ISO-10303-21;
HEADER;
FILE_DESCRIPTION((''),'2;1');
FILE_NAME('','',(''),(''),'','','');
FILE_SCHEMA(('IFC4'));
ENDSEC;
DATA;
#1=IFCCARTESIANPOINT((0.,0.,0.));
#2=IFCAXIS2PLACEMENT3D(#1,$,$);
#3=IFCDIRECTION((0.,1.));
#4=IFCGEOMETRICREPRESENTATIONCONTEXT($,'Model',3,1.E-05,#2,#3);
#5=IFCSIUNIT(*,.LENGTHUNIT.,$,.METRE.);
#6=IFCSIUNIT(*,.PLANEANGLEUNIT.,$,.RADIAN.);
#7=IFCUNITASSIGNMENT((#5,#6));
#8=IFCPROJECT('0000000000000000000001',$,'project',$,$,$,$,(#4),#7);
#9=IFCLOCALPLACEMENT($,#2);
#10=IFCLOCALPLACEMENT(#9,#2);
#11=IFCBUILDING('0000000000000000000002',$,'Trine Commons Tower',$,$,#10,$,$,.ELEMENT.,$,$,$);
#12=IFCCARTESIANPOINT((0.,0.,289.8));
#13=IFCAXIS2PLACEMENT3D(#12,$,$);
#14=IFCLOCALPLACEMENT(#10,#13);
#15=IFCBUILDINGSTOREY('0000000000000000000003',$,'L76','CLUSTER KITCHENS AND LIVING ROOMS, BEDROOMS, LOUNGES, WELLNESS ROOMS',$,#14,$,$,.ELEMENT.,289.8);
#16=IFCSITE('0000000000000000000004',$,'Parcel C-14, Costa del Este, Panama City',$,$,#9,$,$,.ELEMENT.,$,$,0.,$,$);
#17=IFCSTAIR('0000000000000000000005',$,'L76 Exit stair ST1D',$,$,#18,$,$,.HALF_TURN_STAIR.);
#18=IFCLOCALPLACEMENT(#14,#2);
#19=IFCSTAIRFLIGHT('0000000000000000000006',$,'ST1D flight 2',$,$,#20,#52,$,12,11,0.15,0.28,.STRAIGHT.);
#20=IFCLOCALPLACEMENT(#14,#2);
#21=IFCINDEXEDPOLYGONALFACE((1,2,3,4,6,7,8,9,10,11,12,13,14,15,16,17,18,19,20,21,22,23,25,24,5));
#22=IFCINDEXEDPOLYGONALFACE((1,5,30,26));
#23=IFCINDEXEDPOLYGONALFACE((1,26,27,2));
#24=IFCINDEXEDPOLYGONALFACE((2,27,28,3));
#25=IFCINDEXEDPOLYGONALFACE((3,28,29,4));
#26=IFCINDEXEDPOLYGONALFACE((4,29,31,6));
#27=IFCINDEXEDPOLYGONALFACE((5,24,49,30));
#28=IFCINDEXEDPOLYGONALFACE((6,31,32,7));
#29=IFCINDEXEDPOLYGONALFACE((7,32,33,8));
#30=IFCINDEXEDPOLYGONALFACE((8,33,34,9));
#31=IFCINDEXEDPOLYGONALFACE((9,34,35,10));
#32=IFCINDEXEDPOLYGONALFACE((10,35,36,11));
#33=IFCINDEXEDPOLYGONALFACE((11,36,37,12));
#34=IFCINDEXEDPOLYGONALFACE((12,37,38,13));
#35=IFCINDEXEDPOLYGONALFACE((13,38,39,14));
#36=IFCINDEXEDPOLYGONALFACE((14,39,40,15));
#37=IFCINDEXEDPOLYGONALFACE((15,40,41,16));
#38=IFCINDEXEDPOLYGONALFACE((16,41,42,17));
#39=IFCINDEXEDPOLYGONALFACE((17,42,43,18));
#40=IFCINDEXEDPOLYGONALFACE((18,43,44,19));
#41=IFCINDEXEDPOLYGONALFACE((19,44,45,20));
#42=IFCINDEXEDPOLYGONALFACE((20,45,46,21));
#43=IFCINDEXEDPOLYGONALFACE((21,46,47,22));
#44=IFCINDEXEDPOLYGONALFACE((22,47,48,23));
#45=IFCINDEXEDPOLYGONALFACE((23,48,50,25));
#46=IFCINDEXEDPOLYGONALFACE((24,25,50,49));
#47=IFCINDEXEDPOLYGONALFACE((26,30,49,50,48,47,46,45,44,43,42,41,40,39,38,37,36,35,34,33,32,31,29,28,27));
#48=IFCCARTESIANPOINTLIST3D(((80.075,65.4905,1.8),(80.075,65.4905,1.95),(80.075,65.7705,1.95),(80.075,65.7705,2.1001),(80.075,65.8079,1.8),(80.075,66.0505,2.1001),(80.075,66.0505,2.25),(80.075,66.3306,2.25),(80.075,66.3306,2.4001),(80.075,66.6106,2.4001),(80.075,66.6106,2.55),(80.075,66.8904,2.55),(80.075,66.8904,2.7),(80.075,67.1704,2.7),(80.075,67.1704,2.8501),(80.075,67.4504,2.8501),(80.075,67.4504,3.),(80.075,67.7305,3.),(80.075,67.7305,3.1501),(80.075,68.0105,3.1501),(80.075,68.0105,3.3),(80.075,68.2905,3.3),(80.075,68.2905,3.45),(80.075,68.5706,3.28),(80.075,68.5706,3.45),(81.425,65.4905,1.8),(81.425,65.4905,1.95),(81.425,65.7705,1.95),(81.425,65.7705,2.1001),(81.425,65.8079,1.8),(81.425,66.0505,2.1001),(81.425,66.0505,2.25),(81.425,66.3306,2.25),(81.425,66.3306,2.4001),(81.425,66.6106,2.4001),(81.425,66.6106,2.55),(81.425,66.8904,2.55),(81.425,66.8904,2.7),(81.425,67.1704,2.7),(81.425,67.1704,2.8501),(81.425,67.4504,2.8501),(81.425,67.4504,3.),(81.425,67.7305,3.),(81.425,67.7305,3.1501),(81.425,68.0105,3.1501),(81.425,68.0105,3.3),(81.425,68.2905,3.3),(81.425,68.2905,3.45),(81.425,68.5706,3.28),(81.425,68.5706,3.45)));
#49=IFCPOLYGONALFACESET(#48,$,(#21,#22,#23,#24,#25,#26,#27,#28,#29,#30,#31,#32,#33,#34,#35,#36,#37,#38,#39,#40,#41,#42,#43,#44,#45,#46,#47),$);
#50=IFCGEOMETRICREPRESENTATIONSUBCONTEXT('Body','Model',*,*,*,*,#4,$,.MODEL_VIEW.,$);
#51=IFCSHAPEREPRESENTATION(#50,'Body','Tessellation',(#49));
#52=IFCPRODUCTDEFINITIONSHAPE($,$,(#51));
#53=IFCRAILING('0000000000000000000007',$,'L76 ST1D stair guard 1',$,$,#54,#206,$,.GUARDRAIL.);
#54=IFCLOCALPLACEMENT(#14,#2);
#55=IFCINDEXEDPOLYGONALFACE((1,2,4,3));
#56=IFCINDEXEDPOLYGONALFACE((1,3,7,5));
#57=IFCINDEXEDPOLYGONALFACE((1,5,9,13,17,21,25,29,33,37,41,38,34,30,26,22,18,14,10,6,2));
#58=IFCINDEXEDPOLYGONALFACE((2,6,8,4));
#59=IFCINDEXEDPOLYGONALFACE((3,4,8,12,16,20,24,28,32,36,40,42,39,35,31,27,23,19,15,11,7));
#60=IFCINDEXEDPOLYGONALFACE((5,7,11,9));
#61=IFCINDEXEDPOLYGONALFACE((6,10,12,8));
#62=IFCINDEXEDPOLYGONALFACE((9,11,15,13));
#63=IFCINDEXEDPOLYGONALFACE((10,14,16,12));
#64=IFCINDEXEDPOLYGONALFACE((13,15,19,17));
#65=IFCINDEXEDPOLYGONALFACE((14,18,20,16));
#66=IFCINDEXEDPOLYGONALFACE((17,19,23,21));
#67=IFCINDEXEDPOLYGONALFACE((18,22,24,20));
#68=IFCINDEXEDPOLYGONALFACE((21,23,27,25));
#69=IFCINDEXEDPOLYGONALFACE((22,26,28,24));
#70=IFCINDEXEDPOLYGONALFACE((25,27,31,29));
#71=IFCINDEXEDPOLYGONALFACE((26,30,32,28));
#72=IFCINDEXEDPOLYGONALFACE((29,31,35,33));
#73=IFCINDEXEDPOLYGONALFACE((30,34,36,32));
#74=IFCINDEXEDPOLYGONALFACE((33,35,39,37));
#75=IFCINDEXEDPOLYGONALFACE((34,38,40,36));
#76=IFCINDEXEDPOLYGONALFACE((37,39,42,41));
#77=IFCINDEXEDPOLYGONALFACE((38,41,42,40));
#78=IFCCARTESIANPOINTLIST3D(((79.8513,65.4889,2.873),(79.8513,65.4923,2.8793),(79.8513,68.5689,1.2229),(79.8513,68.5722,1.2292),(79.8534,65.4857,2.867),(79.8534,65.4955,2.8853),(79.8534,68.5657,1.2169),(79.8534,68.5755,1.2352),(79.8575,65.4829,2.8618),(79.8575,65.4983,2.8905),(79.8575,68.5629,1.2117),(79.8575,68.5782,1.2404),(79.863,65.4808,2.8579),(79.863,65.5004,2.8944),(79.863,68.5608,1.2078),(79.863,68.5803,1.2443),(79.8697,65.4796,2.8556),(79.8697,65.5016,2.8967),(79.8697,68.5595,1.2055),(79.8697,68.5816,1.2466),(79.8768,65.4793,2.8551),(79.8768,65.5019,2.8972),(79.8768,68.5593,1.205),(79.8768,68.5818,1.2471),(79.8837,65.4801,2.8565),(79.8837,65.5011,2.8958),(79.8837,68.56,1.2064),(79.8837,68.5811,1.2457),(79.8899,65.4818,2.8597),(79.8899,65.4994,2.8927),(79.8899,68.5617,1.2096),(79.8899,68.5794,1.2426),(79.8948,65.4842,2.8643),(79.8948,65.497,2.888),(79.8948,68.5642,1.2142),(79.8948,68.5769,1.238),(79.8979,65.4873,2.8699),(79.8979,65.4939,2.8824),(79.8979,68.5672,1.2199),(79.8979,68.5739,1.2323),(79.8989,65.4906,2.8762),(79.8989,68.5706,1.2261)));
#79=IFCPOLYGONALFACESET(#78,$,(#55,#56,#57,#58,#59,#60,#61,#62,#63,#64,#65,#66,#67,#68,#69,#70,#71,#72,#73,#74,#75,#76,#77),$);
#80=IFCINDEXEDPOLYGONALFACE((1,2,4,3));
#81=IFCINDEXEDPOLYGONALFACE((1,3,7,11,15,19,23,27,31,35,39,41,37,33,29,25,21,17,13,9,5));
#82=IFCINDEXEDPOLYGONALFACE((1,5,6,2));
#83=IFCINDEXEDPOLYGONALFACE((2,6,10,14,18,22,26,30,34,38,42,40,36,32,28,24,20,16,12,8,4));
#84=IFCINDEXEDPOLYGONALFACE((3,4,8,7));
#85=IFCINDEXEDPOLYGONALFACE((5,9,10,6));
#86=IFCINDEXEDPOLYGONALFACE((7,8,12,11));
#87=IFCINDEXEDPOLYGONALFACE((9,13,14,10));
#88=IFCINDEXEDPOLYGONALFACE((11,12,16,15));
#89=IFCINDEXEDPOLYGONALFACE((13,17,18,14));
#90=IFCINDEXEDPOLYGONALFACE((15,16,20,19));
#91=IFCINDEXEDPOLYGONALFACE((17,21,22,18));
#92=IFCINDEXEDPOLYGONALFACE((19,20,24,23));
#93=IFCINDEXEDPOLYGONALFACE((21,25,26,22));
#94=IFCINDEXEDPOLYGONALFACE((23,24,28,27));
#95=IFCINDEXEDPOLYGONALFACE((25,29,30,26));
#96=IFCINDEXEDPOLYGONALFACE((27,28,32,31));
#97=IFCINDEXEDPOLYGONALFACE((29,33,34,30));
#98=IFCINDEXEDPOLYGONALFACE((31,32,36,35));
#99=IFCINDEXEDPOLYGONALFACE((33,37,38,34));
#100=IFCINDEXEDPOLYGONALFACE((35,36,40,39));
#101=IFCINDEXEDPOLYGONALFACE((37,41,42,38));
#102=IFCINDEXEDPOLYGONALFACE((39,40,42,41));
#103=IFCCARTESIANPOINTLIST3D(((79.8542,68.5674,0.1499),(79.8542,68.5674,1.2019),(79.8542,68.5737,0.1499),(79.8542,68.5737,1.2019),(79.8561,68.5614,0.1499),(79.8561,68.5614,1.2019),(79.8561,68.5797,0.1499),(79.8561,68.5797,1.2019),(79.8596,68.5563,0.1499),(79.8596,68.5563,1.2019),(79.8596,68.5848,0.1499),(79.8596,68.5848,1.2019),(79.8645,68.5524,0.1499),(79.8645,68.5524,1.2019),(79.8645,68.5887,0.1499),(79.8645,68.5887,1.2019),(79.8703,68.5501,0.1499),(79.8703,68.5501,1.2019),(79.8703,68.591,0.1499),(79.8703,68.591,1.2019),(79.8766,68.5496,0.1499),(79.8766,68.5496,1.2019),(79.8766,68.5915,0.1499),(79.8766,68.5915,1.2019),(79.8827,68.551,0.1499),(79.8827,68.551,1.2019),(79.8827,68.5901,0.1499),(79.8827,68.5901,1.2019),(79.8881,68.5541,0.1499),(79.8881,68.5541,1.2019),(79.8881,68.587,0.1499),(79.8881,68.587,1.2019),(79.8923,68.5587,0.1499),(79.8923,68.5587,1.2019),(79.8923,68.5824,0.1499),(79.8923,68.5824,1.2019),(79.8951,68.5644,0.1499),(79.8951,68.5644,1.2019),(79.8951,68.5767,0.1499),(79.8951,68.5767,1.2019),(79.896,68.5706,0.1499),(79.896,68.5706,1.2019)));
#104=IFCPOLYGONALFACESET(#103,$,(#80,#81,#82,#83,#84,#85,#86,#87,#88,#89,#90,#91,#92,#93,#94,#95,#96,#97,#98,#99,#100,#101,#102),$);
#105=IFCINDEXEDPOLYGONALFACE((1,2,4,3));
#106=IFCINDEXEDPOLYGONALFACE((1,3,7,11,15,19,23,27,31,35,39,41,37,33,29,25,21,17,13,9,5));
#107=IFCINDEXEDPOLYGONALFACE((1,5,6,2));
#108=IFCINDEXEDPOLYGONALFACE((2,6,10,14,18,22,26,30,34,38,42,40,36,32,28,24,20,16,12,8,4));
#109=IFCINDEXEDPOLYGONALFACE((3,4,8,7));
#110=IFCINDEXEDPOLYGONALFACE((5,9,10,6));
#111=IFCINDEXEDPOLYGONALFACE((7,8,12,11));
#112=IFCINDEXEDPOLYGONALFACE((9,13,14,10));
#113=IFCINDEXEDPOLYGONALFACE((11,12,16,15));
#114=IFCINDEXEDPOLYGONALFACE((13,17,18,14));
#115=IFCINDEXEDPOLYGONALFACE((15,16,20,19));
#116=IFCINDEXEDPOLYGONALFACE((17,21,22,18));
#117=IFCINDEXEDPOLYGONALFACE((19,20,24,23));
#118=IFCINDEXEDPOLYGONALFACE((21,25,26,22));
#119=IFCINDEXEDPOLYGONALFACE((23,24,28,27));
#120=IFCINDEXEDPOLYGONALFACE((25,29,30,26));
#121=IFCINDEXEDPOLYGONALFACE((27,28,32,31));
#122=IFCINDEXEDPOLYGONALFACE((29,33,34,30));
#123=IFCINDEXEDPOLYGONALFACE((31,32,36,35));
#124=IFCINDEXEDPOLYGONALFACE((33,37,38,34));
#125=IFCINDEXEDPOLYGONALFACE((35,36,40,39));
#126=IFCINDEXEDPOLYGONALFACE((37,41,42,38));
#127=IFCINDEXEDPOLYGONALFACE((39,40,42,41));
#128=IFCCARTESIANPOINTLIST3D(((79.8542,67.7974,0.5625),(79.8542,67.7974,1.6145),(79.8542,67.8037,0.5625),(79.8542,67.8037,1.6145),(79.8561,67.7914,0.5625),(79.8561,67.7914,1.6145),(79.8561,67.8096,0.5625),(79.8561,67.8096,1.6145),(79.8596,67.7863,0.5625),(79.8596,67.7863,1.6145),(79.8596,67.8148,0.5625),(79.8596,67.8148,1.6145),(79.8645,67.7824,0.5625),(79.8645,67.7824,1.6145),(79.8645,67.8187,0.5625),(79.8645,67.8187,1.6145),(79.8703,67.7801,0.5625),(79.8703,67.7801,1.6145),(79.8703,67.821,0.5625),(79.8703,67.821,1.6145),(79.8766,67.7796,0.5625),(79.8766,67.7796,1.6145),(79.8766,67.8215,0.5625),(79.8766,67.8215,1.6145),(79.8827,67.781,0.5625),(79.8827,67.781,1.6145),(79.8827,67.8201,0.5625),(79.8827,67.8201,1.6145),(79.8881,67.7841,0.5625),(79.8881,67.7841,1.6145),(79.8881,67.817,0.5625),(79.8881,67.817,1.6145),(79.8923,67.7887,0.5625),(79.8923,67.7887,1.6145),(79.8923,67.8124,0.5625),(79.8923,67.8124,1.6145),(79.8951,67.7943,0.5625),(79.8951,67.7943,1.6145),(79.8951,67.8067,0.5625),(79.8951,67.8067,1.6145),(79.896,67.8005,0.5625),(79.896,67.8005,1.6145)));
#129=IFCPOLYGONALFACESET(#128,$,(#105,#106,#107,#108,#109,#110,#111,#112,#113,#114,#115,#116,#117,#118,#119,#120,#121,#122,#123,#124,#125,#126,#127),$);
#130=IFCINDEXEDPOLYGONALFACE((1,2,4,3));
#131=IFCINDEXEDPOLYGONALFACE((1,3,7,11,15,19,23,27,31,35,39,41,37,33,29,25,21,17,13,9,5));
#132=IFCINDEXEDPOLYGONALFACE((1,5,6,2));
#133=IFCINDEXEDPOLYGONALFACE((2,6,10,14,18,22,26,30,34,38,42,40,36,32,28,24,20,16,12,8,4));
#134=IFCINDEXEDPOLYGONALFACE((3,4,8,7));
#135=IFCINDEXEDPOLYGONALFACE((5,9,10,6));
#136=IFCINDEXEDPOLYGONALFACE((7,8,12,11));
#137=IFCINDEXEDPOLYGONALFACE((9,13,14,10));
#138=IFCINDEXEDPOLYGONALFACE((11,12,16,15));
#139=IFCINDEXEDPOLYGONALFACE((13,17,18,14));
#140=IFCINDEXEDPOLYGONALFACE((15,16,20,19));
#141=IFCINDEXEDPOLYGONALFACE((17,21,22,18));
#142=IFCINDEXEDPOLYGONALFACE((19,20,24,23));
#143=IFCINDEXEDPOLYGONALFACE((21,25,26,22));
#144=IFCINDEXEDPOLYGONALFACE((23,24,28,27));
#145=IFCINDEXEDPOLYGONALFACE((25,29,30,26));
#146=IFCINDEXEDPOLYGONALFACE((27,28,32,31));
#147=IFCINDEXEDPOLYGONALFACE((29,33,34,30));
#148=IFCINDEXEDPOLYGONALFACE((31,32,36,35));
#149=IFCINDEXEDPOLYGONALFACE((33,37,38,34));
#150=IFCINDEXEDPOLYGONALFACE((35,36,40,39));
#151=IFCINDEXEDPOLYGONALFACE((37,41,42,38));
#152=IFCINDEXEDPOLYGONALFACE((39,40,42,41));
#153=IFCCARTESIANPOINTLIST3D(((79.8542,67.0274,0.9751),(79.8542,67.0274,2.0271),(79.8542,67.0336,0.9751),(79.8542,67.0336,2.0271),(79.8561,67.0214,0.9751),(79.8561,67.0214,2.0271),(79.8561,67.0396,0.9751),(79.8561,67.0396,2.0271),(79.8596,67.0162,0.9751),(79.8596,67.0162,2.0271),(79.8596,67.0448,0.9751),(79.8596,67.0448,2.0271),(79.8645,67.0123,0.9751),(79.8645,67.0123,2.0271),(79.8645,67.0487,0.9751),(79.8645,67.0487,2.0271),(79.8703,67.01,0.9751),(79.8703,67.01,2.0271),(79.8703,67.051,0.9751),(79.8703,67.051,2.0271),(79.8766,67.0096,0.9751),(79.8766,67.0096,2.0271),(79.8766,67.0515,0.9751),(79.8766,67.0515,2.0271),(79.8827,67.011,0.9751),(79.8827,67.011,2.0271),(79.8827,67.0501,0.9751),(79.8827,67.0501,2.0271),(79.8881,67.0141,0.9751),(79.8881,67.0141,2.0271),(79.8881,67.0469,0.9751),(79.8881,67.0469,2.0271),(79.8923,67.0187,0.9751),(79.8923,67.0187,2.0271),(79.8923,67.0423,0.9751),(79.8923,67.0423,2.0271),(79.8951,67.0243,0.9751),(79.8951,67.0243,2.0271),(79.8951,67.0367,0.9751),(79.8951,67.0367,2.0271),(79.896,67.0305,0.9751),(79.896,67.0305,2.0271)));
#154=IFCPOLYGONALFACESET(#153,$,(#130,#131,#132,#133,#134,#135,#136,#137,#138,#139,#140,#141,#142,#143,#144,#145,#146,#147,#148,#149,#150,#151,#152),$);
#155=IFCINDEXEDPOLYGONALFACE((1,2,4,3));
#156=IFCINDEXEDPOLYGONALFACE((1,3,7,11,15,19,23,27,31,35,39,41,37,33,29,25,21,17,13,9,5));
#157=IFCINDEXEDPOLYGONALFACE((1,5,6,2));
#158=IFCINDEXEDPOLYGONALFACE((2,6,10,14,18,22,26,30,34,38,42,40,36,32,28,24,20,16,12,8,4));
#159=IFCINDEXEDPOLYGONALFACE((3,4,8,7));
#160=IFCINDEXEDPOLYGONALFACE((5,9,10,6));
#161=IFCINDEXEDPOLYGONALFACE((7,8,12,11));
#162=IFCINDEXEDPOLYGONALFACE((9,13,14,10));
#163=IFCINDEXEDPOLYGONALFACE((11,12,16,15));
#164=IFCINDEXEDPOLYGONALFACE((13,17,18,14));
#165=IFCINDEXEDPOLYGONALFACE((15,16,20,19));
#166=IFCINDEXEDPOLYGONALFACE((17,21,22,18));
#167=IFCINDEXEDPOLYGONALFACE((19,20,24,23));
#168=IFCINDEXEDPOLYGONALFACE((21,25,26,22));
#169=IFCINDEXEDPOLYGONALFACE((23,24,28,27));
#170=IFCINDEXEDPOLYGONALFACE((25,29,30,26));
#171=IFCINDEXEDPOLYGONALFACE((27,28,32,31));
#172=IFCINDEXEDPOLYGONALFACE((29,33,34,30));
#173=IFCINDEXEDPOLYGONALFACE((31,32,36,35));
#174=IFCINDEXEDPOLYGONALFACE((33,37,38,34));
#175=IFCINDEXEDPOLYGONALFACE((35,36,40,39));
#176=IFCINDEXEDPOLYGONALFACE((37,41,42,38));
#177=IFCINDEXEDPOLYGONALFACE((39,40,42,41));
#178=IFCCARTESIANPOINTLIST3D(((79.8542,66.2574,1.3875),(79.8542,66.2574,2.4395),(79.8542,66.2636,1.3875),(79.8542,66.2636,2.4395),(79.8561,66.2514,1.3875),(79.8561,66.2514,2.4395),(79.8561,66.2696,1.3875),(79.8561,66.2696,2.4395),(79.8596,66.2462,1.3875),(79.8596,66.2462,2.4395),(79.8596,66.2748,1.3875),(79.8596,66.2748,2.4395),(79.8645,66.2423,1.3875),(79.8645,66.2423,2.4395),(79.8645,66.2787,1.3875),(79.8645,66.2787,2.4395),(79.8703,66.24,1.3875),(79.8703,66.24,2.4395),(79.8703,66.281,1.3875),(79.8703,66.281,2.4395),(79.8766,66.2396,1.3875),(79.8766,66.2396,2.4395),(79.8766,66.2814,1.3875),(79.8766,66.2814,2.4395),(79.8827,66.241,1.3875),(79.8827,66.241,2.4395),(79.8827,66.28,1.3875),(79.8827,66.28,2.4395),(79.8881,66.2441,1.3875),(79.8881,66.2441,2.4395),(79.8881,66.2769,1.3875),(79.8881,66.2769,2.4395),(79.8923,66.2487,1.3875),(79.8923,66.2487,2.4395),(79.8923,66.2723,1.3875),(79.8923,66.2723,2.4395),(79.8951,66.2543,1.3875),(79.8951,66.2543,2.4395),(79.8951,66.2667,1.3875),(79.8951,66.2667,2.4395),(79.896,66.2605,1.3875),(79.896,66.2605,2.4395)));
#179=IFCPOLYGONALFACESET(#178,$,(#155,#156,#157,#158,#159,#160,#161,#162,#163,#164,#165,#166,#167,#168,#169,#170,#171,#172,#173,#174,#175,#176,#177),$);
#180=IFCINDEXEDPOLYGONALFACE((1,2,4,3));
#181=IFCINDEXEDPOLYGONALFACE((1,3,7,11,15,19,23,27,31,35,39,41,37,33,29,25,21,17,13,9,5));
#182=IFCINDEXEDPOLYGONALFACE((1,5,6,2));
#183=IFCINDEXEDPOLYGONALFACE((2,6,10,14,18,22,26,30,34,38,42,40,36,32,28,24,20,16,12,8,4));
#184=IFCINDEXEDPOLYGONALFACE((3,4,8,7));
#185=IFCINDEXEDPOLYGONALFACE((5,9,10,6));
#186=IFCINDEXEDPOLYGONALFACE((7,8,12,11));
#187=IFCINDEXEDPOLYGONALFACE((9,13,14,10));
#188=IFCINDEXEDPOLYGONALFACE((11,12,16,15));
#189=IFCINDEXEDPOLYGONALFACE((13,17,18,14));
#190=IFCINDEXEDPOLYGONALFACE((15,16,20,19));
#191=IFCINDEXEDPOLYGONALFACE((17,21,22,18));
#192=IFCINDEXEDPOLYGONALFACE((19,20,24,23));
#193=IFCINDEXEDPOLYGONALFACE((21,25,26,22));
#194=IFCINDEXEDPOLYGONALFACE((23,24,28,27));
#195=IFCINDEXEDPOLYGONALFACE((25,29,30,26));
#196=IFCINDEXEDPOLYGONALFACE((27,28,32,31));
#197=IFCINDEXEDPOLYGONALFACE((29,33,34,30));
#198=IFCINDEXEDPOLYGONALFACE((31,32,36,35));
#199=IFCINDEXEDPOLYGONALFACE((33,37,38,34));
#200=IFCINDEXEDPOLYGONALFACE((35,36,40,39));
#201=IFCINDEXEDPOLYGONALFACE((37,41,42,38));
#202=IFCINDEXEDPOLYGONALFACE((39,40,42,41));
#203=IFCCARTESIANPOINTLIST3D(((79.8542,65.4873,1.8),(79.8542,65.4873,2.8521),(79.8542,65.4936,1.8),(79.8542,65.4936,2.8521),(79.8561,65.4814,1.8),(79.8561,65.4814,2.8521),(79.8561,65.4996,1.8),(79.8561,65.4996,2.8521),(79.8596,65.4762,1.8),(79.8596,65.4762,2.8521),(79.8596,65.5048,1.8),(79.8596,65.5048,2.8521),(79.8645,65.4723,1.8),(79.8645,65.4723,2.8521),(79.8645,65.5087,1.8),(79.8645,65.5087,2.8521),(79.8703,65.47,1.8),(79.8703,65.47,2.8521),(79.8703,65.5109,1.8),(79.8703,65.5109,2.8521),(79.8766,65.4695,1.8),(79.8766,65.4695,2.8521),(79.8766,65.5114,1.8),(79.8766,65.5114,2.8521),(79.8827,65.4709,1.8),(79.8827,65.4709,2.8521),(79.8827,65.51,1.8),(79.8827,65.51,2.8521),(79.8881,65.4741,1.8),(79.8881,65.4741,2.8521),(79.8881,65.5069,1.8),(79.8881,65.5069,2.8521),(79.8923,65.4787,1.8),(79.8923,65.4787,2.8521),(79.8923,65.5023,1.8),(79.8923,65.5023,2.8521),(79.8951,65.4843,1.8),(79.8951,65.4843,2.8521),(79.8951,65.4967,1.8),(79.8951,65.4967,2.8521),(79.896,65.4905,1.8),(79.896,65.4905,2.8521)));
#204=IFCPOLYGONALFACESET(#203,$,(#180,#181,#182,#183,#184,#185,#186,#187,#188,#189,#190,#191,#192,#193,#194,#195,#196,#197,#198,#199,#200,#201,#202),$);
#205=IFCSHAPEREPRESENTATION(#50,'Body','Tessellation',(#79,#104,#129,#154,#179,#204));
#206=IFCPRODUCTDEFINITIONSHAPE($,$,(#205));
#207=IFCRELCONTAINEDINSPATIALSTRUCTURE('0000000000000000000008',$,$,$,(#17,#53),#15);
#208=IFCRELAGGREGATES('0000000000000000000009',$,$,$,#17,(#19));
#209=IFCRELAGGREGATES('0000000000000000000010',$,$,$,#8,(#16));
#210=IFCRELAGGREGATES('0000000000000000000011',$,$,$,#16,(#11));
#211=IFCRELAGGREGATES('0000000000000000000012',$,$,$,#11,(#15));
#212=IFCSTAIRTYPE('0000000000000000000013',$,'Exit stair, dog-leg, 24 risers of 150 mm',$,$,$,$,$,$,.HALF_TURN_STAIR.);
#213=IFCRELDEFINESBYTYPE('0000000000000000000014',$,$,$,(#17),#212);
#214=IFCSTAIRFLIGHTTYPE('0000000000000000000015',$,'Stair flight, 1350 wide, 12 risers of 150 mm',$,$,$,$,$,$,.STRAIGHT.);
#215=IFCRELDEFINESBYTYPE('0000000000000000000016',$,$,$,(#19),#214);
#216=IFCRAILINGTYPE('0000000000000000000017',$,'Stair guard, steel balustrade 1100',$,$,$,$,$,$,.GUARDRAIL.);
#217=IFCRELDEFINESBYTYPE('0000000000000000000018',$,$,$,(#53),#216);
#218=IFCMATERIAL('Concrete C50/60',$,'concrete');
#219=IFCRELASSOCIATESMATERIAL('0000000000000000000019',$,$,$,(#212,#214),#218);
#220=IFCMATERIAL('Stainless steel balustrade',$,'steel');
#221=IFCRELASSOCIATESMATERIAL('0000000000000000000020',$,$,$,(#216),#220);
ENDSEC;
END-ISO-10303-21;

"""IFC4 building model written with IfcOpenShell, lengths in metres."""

from ifc_helpers import new_model, si_unit, direction, frame, origin, origin_2d, place, context, subcontext, project, spatial, polyline, circle, outline, extrude, material, type_object, element, aggregate, save


model = new_model("IFC4")

# Units and contexts
model_context = context("Model", 3, precision=1e-05, world=origin(), true_north=direction((0.0, 1.0)))
body_context = subcontext(model_context, "Body", "Model", "MODEL_VIEW")
ifc_project = project(units=[si_unit("LENGTHUNIT", "METRE"), si_unit("PLANEANGLEUNIT", "RADIAN")], contexts=[model_context])

# Site, building, storey
site_placement = place(None, origin())
site = spatial("IfcSite", under=ifc_project, at=site_placement, Name="Parcel C-14, Costa del Este, Panama City", CompositionType="ELEMENT", RefElevation=0.0)
building_placement = place(site_placement, origin())
building = spatial("IfcBuilding", under=site, at=building_placement, Name="Trine Commons Tower", CompositionType="ELEMENT")
storey_placement = place(building_placement, frame((0.0, 0.0, 289.8)))
storey = spatial("IfcBuildingStorey", under=building, at=storey_placement, Name="L76", Description="CLUSTER KITCHENS AND LIVING ROOMS, BEDROOMS, LOUNGES, WELLNESS ROOMS", CompositionType="ELEMENT", Elevation=289.8)

# Shared definitions
ifc_material_1 = material(Name="Concrete C50/60", Category="concrete")

# Stair, stair flight
stair_type = type_object("IfcStairType", Name="Exit stair, dog-leg, 24 risers of 150 mm", PredefinedType="HALF_TURN_STAIR", material=ifc_material_1)
stair_placement = place(storey_placement, origin())
stair = element("IfcStair", 1, at=stair_placement, inside=storey, type_object=stair_type, Name="L76 Exit stair ST1D", PredefinedType="HALF_TURN_STAIR")
stair_flight_type = type_object("IfcStairFlightType", Name="Stair flight, 1350 wide, 12 risers of 150 mm", PredefinedType="STRAIGHT", material=ifc_material_1)
stair_flight_1_placement = place(storey_placement, frame((80.75, 65.4905, 1.8), z_axis=(0.0, 0.0, 1.0), x_axis=(0.0, 1.0, 0.0)))
stair_flight_1 = element("IfcStairFlight", 2, at=stair_flight_1_placement, type_object=stair_flight_type, Name="ST1D flight 2", NumberOfRisers=12, NumberOfTreads=11, PredefinedType="STRAIGHT", RiserHeight=0.15, TreadLength=0.28, context=body_context, shape_type="SweptSolid", body=[
    extrude(outline(polyline([(0.0, 0.0), (0.0, 0.1499), (0.28, 0.1499), (0.28, 0.3), (0.5601, 0.3), (0.5601, 0.45), (0.8401, 0.45), (0.8401, 0.6001), (1.1201, 0.6001), (1.1201, 0.75), (1.3999, 0.75), (1.3999, 0.8999), (1.6799, 0.8999), (1.6799, 1.05), (1.96, 1.05), (1.96, 1.2), (2.24, 1.2), (2.24, 1.3501), (2.52, 1.3501), (2.52, 1.5), (2.8, 1.5), (2.8, 1.6499), (3.0801, 1.6499), (3.0801, 1.8), (3.0801, 1.48), (0.3174, 0.0), (0.0, 0.0)])), frame((0.0, 0.675, 0.0), z_axis=(0.0, -1.0, 0.0), x_axis=(1.0, 0.0, 0.0)), (0.0, 0.0, 1.0), 1.3501),
])
aggregate(stair, [stair_flight_1])

# Railing
ifc_material_2 = material(Name="Stainless steel balustrade", Category="steel")
railing_type_1 = type_object("IfcRailingType", Name="Stair guard, steel balustrade 1100", PredefinedType="GUARDRAIL", material=ifc_material_2)
railing_1_placement = place(storey_placement, frame((79.875, 68.5706, 0.1499)))
element("IfcRailing", 3, at=railing_1_placement, inside=storey, type_object=railing_type_1, Name="L76 ST1D stair guard 1", PredefinedType="GUARDRAIL", context=body_context, shape_type="SweptSolid", body=[
    extrude(circle(Radius=0.0239, at=origin_2d()), frame((0.0, 0.0, 1.0762), z_axis=(0.0, -0.881468, 0.472245), x_axis=(1.0, 0.0, 0.0)), (0.0, 0.0, 1.0), 3.4941),
    extrude(circle(Radius=0.021, at=origin_2d()), origin(), (0.0, 0.0, 1.0), 1.052),
    extrude(circle(Radius=0.021, at=origin_2d()), frame((0.0, -0.77, 0.4126)), (0.0, 0.0, 1.0), 1.052),
    extrude(circle(Radius=0.021, at=origin_2d()), frame((0.0, -1.54, 0.8252)), (0.0, 0.0, 1.0), 1.052),
    extrude(circle(Radius=0.021, at=origin_2d()), frame((0.0, -2.3101, 1.2375)), (0.0, 0.0, 1.0), 1.052),
    extrude(circle(Radius=0.021, at=origin_2d()), frame((0.0, -3.0801, 1.6501)), (0.0, 0.0, 1.0), 1.052),
])

save(model, "model.ifc")
